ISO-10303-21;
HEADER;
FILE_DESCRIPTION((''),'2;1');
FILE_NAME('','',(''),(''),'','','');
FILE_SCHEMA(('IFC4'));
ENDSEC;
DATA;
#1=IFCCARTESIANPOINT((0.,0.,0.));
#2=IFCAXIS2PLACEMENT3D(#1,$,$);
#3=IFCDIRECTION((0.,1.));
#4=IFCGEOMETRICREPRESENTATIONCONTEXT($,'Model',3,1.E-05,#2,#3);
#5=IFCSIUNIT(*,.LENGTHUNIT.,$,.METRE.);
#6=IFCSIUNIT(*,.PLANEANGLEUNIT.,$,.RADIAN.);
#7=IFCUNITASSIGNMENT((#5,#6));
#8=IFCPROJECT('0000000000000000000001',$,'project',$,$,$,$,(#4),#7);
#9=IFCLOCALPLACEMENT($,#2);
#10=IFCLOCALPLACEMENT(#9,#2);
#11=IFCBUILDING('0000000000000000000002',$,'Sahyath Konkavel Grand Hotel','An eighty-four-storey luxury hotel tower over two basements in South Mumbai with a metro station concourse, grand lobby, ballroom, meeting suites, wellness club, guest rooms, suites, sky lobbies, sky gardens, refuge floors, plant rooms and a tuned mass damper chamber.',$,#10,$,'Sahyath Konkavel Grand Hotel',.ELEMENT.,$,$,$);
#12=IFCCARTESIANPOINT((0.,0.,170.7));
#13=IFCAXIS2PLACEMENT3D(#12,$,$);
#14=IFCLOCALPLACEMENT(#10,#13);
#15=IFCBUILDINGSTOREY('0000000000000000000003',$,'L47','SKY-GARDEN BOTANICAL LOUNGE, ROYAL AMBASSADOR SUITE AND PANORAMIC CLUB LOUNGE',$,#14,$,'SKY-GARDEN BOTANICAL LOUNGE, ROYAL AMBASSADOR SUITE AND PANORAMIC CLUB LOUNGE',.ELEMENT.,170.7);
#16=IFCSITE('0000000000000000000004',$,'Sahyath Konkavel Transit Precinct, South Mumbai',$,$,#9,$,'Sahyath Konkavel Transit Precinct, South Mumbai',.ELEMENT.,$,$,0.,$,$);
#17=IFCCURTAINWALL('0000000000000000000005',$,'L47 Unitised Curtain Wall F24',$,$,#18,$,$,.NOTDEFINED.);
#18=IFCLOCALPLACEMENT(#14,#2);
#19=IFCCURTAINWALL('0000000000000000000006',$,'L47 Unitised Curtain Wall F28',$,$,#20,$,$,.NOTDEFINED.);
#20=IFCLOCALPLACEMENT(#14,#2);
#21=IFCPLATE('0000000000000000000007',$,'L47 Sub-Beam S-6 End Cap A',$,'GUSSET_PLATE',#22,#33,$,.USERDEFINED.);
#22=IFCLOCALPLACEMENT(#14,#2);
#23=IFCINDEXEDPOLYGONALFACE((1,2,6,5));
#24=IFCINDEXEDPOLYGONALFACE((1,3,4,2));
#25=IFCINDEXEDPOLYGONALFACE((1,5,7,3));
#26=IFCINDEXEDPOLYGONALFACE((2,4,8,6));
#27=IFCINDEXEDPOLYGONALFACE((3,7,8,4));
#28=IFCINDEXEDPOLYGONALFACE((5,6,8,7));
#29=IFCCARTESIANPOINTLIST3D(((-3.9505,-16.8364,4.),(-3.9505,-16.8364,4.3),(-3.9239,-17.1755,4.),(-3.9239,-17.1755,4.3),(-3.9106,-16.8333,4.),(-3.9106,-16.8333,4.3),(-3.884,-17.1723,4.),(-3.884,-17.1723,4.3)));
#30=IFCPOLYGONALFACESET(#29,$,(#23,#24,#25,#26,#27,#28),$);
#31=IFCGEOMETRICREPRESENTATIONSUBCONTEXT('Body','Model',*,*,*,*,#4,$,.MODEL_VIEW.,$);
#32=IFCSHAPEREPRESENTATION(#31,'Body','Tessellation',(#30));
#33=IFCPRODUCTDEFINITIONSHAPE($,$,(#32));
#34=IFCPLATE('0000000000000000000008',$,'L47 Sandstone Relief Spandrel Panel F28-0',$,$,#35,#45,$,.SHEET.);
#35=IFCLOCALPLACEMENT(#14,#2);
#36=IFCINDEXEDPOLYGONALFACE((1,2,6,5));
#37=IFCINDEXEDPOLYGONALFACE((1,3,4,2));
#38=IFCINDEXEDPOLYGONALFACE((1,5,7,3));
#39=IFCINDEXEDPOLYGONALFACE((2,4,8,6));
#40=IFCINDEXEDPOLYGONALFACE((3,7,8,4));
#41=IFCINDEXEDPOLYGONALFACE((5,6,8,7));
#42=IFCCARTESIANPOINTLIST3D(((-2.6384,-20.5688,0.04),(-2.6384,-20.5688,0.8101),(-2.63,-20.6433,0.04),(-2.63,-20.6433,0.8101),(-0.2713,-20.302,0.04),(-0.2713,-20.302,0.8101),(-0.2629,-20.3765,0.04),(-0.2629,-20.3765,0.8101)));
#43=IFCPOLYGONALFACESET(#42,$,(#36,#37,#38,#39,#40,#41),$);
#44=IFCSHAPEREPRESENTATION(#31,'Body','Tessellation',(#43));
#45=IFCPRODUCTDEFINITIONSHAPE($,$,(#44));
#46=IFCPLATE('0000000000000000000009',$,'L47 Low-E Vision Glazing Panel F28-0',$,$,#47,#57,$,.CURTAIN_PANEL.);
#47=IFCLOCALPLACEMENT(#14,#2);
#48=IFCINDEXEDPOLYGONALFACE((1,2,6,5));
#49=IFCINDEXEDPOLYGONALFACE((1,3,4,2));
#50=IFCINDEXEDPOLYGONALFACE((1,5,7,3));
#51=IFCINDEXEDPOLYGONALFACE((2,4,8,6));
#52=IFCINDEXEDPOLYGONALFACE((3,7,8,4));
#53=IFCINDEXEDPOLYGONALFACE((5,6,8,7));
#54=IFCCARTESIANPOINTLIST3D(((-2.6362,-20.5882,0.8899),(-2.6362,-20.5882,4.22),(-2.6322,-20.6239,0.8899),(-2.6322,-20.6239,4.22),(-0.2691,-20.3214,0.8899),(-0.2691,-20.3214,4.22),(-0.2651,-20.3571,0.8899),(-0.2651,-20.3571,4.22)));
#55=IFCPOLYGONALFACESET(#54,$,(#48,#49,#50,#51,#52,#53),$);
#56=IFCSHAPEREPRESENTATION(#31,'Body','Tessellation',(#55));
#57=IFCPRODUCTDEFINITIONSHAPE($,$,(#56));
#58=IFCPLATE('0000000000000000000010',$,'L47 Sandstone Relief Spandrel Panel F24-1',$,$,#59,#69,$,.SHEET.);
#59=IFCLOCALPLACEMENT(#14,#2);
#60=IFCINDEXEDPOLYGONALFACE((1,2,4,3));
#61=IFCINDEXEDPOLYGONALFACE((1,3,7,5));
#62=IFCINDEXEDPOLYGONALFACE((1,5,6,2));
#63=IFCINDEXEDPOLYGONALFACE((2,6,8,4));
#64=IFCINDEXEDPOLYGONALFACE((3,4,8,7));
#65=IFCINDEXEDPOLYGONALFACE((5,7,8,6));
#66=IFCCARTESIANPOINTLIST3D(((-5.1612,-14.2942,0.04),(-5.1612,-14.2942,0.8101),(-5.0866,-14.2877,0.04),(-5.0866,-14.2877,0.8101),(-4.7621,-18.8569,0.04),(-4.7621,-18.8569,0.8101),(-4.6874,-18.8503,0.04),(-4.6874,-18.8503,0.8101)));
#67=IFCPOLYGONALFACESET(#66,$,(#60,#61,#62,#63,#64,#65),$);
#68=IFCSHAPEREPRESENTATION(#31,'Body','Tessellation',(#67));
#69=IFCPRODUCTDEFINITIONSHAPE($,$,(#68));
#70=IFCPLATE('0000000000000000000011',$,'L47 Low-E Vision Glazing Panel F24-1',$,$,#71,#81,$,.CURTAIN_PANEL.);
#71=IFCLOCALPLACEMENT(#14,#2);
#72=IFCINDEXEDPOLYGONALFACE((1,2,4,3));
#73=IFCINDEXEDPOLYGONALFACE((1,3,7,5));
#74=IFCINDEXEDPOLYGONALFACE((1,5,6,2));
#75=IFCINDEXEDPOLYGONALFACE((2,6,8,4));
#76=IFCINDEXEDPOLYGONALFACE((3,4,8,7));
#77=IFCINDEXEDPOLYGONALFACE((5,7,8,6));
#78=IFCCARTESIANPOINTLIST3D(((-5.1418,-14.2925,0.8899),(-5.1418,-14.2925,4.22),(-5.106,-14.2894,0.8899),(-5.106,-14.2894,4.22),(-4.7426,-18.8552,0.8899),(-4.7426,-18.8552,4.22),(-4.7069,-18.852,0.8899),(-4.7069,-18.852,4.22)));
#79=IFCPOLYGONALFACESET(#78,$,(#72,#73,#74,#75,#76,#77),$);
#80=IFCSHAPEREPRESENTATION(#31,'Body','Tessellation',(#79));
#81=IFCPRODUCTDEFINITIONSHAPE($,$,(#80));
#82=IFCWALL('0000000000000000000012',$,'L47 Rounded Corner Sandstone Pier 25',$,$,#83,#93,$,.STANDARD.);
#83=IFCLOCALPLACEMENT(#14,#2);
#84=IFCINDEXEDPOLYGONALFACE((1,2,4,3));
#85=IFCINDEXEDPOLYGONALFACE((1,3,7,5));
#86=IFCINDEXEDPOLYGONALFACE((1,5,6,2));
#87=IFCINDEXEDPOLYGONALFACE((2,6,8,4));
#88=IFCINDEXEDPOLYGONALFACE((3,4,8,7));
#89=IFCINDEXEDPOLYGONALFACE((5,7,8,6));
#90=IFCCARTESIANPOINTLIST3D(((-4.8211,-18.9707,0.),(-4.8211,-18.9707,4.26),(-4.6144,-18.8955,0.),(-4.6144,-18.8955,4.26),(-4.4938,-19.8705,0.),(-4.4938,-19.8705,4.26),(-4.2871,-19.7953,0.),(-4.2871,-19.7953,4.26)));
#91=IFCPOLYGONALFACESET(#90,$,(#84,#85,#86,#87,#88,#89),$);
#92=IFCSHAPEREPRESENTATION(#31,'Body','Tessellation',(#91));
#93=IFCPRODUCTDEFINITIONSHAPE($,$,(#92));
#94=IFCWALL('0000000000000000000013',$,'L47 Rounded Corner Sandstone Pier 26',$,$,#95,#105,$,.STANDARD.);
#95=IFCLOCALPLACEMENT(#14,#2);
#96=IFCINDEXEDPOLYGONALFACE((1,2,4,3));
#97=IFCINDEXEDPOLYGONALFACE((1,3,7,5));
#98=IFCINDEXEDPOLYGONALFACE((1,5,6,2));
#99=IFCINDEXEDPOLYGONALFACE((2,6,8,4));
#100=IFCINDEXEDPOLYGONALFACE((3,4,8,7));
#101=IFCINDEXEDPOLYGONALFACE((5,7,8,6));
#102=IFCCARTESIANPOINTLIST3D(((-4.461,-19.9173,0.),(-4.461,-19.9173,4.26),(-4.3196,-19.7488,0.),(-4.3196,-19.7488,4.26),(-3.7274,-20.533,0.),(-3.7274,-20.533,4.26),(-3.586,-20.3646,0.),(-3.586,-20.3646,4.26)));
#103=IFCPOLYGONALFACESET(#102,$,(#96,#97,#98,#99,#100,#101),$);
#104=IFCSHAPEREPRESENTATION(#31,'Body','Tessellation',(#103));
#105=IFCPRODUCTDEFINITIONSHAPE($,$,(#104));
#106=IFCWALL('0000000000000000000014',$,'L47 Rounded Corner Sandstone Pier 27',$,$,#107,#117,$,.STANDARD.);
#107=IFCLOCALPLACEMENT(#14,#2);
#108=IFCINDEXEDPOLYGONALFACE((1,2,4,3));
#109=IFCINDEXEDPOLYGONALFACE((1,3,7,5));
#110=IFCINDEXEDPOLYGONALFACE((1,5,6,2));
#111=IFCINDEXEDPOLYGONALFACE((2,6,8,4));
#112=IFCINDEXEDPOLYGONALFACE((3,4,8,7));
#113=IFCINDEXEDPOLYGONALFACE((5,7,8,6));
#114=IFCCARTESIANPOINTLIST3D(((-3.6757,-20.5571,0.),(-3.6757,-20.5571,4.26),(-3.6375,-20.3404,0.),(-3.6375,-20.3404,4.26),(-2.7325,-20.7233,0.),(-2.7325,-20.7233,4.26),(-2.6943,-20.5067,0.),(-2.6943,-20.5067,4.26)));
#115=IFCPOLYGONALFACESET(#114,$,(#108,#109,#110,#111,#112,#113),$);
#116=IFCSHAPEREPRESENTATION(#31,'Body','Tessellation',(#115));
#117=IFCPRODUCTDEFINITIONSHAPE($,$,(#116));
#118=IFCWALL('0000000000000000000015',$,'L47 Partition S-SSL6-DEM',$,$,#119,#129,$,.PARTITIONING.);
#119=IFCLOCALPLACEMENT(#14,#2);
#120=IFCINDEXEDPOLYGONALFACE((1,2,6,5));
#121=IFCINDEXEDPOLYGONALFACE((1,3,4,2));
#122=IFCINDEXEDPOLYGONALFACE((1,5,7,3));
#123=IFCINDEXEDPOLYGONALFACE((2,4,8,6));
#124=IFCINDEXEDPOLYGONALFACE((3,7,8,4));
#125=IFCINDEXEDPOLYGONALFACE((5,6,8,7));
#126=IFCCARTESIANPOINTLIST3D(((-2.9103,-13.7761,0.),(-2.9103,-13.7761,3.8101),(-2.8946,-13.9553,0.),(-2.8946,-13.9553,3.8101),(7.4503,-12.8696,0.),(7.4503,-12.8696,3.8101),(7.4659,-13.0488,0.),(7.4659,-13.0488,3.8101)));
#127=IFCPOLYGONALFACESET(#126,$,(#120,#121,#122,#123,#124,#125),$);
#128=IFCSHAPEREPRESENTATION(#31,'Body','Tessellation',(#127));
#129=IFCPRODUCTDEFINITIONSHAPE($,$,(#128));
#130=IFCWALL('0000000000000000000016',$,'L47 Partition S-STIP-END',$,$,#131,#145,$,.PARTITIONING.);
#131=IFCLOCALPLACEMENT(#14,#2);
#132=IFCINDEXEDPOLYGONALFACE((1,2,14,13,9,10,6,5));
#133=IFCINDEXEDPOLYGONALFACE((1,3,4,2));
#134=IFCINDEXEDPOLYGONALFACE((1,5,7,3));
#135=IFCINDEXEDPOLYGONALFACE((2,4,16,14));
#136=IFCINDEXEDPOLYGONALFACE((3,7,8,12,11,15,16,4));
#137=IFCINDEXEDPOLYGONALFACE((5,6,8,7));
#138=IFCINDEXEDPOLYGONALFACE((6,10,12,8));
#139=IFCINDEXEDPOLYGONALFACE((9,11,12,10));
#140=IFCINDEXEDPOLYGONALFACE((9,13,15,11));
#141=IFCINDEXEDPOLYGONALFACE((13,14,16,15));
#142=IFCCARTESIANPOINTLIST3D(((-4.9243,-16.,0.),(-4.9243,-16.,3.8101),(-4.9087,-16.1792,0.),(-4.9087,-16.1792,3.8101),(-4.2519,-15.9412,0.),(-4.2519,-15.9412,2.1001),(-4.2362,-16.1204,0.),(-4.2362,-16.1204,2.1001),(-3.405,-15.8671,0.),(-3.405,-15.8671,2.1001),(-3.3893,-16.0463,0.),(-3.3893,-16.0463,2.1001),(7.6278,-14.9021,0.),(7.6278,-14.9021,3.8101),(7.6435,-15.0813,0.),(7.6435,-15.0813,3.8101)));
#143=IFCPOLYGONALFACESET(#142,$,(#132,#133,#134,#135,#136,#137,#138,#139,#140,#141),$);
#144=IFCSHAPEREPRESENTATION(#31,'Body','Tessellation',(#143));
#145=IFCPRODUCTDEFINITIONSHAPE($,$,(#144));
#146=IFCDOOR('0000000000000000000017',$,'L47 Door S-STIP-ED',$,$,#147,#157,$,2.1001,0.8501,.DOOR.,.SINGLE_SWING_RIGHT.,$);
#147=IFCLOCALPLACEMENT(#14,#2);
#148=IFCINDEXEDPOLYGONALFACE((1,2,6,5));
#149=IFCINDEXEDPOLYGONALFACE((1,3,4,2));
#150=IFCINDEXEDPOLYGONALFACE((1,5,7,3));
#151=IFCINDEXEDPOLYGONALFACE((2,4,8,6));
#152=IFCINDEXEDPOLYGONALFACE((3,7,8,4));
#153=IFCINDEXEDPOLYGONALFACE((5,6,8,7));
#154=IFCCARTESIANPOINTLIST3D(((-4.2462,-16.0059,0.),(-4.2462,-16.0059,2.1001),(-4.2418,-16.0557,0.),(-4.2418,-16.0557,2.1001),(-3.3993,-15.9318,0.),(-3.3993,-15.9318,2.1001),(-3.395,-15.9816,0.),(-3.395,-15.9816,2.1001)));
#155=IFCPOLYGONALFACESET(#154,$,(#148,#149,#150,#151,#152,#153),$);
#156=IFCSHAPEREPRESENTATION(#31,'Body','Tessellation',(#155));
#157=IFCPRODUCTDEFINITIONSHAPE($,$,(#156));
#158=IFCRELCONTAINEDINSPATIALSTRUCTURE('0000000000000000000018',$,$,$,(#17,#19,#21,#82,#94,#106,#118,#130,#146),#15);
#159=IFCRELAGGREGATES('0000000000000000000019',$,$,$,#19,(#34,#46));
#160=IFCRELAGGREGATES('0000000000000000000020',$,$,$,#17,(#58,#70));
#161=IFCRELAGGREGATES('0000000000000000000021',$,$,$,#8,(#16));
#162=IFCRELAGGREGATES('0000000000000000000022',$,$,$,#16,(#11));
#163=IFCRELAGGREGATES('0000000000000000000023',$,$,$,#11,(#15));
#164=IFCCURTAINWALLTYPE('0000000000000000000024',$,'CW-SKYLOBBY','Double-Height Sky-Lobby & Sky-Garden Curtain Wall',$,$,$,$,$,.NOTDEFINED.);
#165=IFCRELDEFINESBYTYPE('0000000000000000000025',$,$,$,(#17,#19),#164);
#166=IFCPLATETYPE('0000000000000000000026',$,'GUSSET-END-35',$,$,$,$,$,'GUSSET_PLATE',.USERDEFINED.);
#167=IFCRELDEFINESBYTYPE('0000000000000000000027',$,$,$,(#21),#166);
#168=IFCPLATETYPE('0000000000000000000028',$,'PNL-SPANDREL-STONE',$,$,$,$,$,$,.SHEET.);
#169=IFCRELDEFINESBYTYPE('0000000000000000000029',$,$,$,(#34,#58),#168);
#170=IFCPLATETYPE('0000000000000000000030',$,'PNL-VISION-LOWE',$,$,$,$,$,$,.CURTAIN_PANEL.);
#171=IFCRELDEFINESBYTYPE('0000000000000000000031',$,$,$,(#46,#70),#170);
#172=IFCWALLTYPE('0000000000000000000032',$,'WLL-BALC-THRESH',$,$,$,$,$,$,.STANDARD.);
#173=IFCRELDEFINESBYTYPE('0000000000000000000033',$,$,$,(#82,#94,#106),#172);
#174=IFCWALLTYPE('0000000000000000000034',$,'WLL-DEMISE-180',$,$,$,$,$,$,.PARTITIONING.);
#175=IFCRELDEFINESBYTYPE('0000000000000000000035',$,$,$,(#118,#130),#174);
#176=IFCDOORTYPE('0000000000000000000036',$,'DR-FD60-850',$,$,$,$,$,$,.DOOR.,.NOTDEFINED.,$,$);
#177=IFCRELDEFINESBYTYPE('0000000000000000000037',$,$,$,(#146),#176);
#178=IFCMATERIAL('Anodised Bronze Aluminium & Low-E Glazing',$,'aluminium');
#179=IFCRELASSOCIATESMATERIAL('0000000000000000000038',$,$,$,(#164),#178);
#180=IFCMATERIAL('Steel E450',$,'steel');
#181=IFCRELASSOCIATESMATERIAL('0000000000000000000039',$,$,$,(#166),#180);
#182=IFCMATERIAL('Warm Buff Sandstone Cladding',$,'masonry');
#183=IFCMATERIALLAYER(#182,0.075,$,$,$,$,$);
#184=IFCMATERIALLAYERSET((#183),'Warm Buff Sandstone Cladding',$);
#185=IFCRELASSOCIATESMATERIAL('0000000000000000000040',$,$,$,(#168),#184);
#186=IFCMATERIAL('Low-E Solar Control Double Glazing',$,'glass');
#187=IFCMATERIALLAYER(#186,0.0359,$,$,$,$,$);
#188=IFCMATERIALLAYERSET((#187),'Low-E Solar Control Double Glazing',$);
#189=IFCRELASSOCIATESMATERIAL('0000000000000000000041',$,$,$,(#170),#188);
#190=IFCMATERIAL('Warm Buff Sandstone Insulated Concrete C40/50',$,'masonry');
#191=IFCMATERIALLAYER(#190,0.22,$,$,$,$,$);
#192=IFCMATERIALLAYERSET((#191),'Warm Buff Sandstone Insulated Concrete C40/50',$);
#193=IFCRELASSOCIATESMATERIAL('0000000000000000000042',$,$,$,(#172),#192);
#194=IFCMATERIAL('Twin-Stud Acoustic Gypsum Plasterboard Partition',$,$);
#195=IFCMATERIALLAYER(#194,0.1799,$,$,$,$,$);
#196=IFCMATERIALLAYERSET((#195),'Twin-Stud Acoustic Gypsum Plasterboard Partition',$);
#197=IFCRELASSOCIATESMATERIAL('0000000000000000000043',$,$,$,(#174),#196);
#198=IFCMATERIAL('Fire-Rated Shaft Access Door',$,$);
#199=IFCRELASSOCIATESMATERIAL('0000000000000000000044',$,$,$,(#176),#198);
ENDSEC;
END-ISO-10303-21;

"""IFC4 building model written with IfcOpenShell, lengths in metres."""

from ifc_helpers import new_model, si_unit, direction, frame, frame_2d, origin, origin_2d, place, context, subcontext, project, spatial, rectangle, extrude, source, transform, mapped, material, layer, layer_set, type_object, element, fill, aggregate, save


model = new_model("IFC4")

# Units and contexts
model_context = context("Model", 3, precision=1e-05, world=origin(), true_north=direction((0.0, 1.0)))
body_context = subcontext(model_context, "Body", "Model", "MODEL_VIEW")
ifc_project = project(units=[si_unit("LENGTHUNIT", "METRE"), si_unit("PLANEANGLEUNIT", "RADIAN")], contexts=[model_context])

# Site, building, storey
site_placement = place(None, origin())
site = spatial("IfcSite", under=ifc_project, at=site_placement, Name="Sahyath Konkavel Transit Precinct, South Mumbai", LongName="Sahyath Konkavel Transit Precinct, South Mumbai", CompositionType="ELEMENT", RefElevation=0.0)
building_placement = place(site_placement, origin())
building = spatial("IfcBuilding", under=site, at=building_placement, Name="Sahyath Konkavel Grand Hotel", Description="An eighty-four-storey luxury hotel tower over two basements in South Mumbai with a metro station concourse, grand lobby, ballroom, meeting suites, wellness club, guest rooms, suites, sky lobbies, sky gardens, refuge floors, plant rooms and a tuned mass damper chamber.", LongName="Sahyath Konkavel Grand Hotel", CompositionType="ELEMENT")
storey_placement = place(building_placement, frame((0.0, 0.0, 170.7)))
storey = spatial("IfcBuildingStorey", under=building, at=storey_placement, Name="L47", Description="SKY-GARDEN BOTANICAL LOUNGE, ROYAL AMBASSADOR SUITE AND PANORAMIC CLUB LOUNGE", LongName="SKY-GARDEN BOTANICAL LOUNGE, ROYAL AMBASSADOR SUITE AND PANORAMIC CLUB LOUNGE", CompositionType="ELEMENT", Elevation=170.7)

# Curtain wall
ifc_material_1 = material(Name="Anodised Bronze Aluminium & Low-E Glazing", Category="aluminium")
curtain_wall_type = type_object("IfcCurtainWallType", Name="CW-SKYLOBBY", Description="Double-Height Sky-Lobby & Sky-Garden Curtain Wall", PredefinedType="NOTDEFINED", material=ifc_material_1)
curtain_wall_1_placement = place(storey_placement, origin())
curtain_wall_1 = element("IfcCurtainWall", 1, at=curtain_wall_1_placement, inside=storey, type_object=curtain_wall_type, Name="L47 Unitised Curtain Wall F24", PredefinedType="NOTDEFINED")

# Curtain wall
curtain_wall_2_placement = place(storey_placement, origin())
curtain_wall_2 = element("IfcCurtainWall", 2, at=curtain_wall_2_placement, inside=storey, type_object=curtain_wall_type, Name="L47 Unitised Curtain Wall F28", PredefinedType="NOTDEFINED")

# Plates
ifc_material_2 = material(Name="Steel E450", Category="steel")
plate_type_1 = type_object("IfcPlateType", Name="GUSSET-END-35", ElementType="GUSSET_PLATE", PredefinedType="USERDEFINED", material=ifc_material_2)
shared_shape_1 = source(origin(), body_context, "Body", "SweptSolid", [
    extrude(rectangle(XDim=0.04, YDim=0.3401, at=origin_2d()), origin(), (0.0, 0.0, 1.0), 0.3),
])
plate_1_placement = place(storey_placement, frame((-3.9172, -17.0044, 4.0), z_axis=(0.0, 0.0, 1.0), x_axis=(0.996924, 0.078372, 0.0)))
element("IfcPlate", 3, at=plate_1_placement, inside=storey, type_object=plate_type_1, Name="L47 Sub-Beam S-6 End Cap A", ObjectType="GUSSET_PLATE", PredefinedType="USERDEFINED", context=body_context, shape_type="MappedRepresentation", body=[
    mapped(shared_shape_1, transform((0.0, 0.0, 0.0), scale=1.0)),
])
ifc_material_3 = material(Name="Warm Buff Sandstone Cladding", Category="masonry")
ifc_layer_1 = layer(ifc_material_3, 0.075)
ifc_layer_set_1 = layer_set([ifc_layer_1], Name="Warm Buff Sandstone Cladding")
plate_type_2 = type_object("IfcPlateType", Name="PNL-SPANDREL-STONE", PredefinedType="SHEET", material=ifc_layer_set_1)
shared_shape_2 = source(origin(), body_context, "Body", "SweptSolid", [
    extrude(rectangle(XDim=2.3821, YDim=0.075, at=origin_2d()), origin(), (0.0, 0.0, 1.0), 0.77),
])
plate_2_placement = place(storey_placement, frame((-1.4507, -20.4727, 0.04), z_axis=(0.0, 0.0, 1.0), x_axis=(0.993707, 0.112007, 0.0)))
plate_2 = element("IfcPlate", 4, at=plate_2_placement, type_object=plate_type_2, Name="L47 Sandstone Relief Spandrel Panel F28-0", PredefinedType="SHEET", context=body_context, shape_type="MappedRepresentation", body=[
    mapped(shared_shape_2, transform((0.0, 0.0, 0.0), scale=1.0)),
])
ifc_material_4 = material(Name="Low-E Solar Control Double Glazing", Category="glass")
ifc_layer_2 = layer(ifc_material_4, 0.0359)
ifc_layer_set_2 = layer_set([ifc_layer_2], Name="Low-E Solar Control Double Glazing")
plate_type_3 = type_object("IfcPlateType", Name="PNL-VISION-LOWE", PredefinedType="CURTAIN_PANEL", material=ifc_layer_set_2)
shared_shape_3 = source(origin(), body_context, "Body", "SweptSolid", [
    extrude(rectangle(XDim=2.3821, YDim=0.0359, at=origin_2d()), origin(), (0.0, 0.0, 1.0), 3.3301),
])
plate_3_placement = place(storey_placement, frame((-1.4507, -20.4727, 0.8899), z_axis=(0.0, 0.0, 1.0), x_axis=(0.993707, 0.112007, 0.0)))
plate_3 = element("IfcPlate", 5, at=plate_3_placement, type_object=plate_type_3, Name="L47 Low-E Vision Glazing Panel F28-0", PredefinedType="CURTAIN_PANEL", context=body_context, shape_type="MappedRepresentation", body=[
    mapped(shared_shape_3, transform((0.0, 0.0, 0.0), scale=1.0)),
])
aggregate(curtain_wall_2, [plate_2, plate_3])
shared_shape_4 = source(origin(), body_context, "Body", "SweptSolid", [
    extrude(rectangle(XDim=4.5801, YDim=0.075, at=origin_2d()), origin(), (0.0, 0.0, 1.0), 0.77),
])
plate_4_placement = place(storey_placement, frame((-4.9243, -16.5723, 0.04), z_axis=(0.0, 0.0, 1.0), x_axis=(0.087156, -0.996195, 0.0)))
plate_4 = element("IfcPlate", 6, at=plate_4_placement, type_object=plate_type_2, Name="L47 Sandstone Relief Spandrel Panel F24-1", PredefinedType="SHEET", context=body_context, shape_type="MappedRepresentation", body=[
    mapped(shared_shape_4, transform((0.0, 0.0, 0.0), scale=1.0)),
])
shared_shape_5 = source(origin(), body_context, "Body", "SweptSolid", [
    extrude(rectangle(XDim=4.5801, YDim=0.0359, at=origin_2d()), origin(), (0.0, 0.0, 1.0), 3.3301),
])
plate_5_placement = place(storey_placement, frame((-4.9243, -16.5723, 0.8899), z_axis=(0.0, 0.0, 1.0), x_axis=(0.087156, -0.996195, 0.0)))
plate_5 = element("IfcPlate", 7, at=plate_5_placement, type_object=plate_type_3, Name="L47 Low-E Vision Glazing Panel F24-1", PredefinedType="CURTAIN_PANEL", context=body_context, shape_type="MappedRepresentation", body=[
    mapped(shared_shape_5, transform((0.0, 0.0, 0.0), scale=1.0)),
])
aggregate(curtain_wall_1, [plate_4, plate_5])

# Walls
ifc_material_5 = material(Name="Warm Buff Sandstone Insulated Concrete C40/50", Category="masonry")
ifc_layer_3 = layer(ifc_material_5, 0.22)
ifc_layer_set_3 = layer_set([ifc_layer_3], Name="Warm Buff Sandstone Insulated Concrete C40/50")
wall_type_1 = type_object("IfcWallType", Name="WLL-BALC-THRESH", PredefinedType="STANDARD", material=ifc_layer_set_3)
wall_1_placement = place(storey_placement, frame((-4.7178, -18.9331, 0.0), z_axis=(0.0, 0.0, 1.0), x_axis=(0.341886, -0.939741, 0.0)))
element("IfcWall", 8, at=wall_1_placement, inside=storey, type_object=wall_type_1, Name="L47 Rounded Corner Sandstone Pier 25", PredefinedType="STANDARD", context=body_context, shape_type="SweptSolid", body=[
    extrude(rectangle(XDim=0.9575, YDim=0.22, at=frame_2d((0.4788, 0.0))), origin(), (0.0, 0.0, 1.0), 4.26),
])
for number, where, z_axis, x_axis, name in (
    (9, (-4.3904, -19.833, 0.0), (0.0, 0.0, 1.0), (0.765981, -0.642863, 0.0), "L47 Rounded Corner Sandstone Pier 26"),
    (10, (-3.6567, -20.4487, 0.0), (0.0, 0.0, 1.0), (0.984814, -0.173611, 0.0), "L47 Rounded Corner Sandstone Pier 27"),
):
    element("IfcWall", number, at=place(storey_placement, frame(where, z_axis=z_axis, x_axis=x_axis)), inside=storey, type_object=wall_type_1, Name=name, PredefinedType="STANDARD", context=body_context, shape_type="SweptSolid", body=[
        extrude(rectangle(XDim=0.9578, YDim=0.22, at=frame_2d((0.479, 0.0))), origin(), (0.0, 0.0, 1.0), 4.26),
    ])
ifc_material_6 = material(Name="Twin-Stud Acoustic Gypsum Plasterboard Partition")
ifc_layer_4 = layer(ifc_material_6, 0.1799)
ifc_layer_set_4 = layer_set([ifc_layer_4], Name="Twin-Stud Acoustic Gypsum Plasterboard Partition")
wall_type_2 = type_object("IfcWallType", Name="WLL-DEMISE-180", PredefinedType="PARTITIONING", material=ifc_layer_set_4)
wall_2_placement = place(storey_placement, frame((-2.9026, -13.8657, 0.0), z_axis=(0.0, 0.0, 1.0), x_axis=(0.996194, 0.087161, 0.0)))
element("IfcWall", 11, at=wall_2_placement, inside=storey, type_object=wall_type_2, Name="L47 Partition S-SSL6-DEM", PredefinedType="PARTITIONING", context=body_context, shape_type="SweptSolid", body=[
    extrude(rectangle(XDim=10.4001, YDim=0.1799, at=frame_2d((5.2002, 0.0))), origin(), (0.0, 0.0, 1.0), 3.8101),
])

# Wall, opening, door
wall_3_placement = place(storey_placement, frame((-4.9165, -16.0896, 0.0), z_axis=(0.0, 0.0, 1.0), x_axis=(0.996197, 0.087134, 0.0)))
wall_3 = element("IfcWall", 12, at=wall_3_placement, inside=storey, type_object=wall_type_2, Name="L47 Partition S-STIP-END", PredefinedType="PARTITIONING", context=body_context, shape_type="SweptSolid", body=[
    extrude(rectangle(XDim=12.6001, YDim=0.1799, at=frame_2d((6.3, 0.0))), origin(), (0.0, 0.0, 1.0), 3.8101),
])
opening_placement = place(wall_3_placement, frame((0.675, 0.0, 0.0)))
opening = element("IfcOpeningElement", 13, at=opening_placement, cuts=wall_3, PredefinedType="OPENING", context=body_context, shape_type="SweptSolid", body=[
    extrude(rectangle(XDim=0.8501, YDim=2.1001, at=frame_2d((0.425, 1.05))), frame((0.0, 0.1001, 0.0), z_axis=(0.0, -1.0, 0.0), x_axis=(1.0, 0.0, 0.0)), (0.0, 0.0, 1.0), 0.2),
])
ifc_material_7 = material(Name="Fire-Rated Shaft Access Door")
door_type = type_object("IfcDoorType", Name="DR-FD60-850", OperationType="NOTDEFINED", PredefinedType="DOOR", material=ifc_material_7)
shared_shape_6 = source(origin(), body_context, "Body", "SweptSolid", [
    extrude(rectangle(XDim=0.8501, YDim=0.05, at=origin_2d()), origin(), (0.0, 0.0, 1.0), 2.1001),
])
door_placement = place(opening_placement, frame((0.425, 0.0, 0.0)))
door = element("IfcDoor", 14, at=door_placement, inside=storey, type_object=door_type, Name="L47 Door S-STIP-ED", OperationType="SINGLE_SWING_RIGHT", OverallHeight=2.1001, OverallWidth=0.8501, PredefinedType="DOOR", context=body_context, shape_type="MappedRepresentation", body=[
    mapped(shared_shape_6, transform((0.0, 0.0, 0.0), scale=1.0)),
])
fill(opening, door)

save(model, "model.ifc")
